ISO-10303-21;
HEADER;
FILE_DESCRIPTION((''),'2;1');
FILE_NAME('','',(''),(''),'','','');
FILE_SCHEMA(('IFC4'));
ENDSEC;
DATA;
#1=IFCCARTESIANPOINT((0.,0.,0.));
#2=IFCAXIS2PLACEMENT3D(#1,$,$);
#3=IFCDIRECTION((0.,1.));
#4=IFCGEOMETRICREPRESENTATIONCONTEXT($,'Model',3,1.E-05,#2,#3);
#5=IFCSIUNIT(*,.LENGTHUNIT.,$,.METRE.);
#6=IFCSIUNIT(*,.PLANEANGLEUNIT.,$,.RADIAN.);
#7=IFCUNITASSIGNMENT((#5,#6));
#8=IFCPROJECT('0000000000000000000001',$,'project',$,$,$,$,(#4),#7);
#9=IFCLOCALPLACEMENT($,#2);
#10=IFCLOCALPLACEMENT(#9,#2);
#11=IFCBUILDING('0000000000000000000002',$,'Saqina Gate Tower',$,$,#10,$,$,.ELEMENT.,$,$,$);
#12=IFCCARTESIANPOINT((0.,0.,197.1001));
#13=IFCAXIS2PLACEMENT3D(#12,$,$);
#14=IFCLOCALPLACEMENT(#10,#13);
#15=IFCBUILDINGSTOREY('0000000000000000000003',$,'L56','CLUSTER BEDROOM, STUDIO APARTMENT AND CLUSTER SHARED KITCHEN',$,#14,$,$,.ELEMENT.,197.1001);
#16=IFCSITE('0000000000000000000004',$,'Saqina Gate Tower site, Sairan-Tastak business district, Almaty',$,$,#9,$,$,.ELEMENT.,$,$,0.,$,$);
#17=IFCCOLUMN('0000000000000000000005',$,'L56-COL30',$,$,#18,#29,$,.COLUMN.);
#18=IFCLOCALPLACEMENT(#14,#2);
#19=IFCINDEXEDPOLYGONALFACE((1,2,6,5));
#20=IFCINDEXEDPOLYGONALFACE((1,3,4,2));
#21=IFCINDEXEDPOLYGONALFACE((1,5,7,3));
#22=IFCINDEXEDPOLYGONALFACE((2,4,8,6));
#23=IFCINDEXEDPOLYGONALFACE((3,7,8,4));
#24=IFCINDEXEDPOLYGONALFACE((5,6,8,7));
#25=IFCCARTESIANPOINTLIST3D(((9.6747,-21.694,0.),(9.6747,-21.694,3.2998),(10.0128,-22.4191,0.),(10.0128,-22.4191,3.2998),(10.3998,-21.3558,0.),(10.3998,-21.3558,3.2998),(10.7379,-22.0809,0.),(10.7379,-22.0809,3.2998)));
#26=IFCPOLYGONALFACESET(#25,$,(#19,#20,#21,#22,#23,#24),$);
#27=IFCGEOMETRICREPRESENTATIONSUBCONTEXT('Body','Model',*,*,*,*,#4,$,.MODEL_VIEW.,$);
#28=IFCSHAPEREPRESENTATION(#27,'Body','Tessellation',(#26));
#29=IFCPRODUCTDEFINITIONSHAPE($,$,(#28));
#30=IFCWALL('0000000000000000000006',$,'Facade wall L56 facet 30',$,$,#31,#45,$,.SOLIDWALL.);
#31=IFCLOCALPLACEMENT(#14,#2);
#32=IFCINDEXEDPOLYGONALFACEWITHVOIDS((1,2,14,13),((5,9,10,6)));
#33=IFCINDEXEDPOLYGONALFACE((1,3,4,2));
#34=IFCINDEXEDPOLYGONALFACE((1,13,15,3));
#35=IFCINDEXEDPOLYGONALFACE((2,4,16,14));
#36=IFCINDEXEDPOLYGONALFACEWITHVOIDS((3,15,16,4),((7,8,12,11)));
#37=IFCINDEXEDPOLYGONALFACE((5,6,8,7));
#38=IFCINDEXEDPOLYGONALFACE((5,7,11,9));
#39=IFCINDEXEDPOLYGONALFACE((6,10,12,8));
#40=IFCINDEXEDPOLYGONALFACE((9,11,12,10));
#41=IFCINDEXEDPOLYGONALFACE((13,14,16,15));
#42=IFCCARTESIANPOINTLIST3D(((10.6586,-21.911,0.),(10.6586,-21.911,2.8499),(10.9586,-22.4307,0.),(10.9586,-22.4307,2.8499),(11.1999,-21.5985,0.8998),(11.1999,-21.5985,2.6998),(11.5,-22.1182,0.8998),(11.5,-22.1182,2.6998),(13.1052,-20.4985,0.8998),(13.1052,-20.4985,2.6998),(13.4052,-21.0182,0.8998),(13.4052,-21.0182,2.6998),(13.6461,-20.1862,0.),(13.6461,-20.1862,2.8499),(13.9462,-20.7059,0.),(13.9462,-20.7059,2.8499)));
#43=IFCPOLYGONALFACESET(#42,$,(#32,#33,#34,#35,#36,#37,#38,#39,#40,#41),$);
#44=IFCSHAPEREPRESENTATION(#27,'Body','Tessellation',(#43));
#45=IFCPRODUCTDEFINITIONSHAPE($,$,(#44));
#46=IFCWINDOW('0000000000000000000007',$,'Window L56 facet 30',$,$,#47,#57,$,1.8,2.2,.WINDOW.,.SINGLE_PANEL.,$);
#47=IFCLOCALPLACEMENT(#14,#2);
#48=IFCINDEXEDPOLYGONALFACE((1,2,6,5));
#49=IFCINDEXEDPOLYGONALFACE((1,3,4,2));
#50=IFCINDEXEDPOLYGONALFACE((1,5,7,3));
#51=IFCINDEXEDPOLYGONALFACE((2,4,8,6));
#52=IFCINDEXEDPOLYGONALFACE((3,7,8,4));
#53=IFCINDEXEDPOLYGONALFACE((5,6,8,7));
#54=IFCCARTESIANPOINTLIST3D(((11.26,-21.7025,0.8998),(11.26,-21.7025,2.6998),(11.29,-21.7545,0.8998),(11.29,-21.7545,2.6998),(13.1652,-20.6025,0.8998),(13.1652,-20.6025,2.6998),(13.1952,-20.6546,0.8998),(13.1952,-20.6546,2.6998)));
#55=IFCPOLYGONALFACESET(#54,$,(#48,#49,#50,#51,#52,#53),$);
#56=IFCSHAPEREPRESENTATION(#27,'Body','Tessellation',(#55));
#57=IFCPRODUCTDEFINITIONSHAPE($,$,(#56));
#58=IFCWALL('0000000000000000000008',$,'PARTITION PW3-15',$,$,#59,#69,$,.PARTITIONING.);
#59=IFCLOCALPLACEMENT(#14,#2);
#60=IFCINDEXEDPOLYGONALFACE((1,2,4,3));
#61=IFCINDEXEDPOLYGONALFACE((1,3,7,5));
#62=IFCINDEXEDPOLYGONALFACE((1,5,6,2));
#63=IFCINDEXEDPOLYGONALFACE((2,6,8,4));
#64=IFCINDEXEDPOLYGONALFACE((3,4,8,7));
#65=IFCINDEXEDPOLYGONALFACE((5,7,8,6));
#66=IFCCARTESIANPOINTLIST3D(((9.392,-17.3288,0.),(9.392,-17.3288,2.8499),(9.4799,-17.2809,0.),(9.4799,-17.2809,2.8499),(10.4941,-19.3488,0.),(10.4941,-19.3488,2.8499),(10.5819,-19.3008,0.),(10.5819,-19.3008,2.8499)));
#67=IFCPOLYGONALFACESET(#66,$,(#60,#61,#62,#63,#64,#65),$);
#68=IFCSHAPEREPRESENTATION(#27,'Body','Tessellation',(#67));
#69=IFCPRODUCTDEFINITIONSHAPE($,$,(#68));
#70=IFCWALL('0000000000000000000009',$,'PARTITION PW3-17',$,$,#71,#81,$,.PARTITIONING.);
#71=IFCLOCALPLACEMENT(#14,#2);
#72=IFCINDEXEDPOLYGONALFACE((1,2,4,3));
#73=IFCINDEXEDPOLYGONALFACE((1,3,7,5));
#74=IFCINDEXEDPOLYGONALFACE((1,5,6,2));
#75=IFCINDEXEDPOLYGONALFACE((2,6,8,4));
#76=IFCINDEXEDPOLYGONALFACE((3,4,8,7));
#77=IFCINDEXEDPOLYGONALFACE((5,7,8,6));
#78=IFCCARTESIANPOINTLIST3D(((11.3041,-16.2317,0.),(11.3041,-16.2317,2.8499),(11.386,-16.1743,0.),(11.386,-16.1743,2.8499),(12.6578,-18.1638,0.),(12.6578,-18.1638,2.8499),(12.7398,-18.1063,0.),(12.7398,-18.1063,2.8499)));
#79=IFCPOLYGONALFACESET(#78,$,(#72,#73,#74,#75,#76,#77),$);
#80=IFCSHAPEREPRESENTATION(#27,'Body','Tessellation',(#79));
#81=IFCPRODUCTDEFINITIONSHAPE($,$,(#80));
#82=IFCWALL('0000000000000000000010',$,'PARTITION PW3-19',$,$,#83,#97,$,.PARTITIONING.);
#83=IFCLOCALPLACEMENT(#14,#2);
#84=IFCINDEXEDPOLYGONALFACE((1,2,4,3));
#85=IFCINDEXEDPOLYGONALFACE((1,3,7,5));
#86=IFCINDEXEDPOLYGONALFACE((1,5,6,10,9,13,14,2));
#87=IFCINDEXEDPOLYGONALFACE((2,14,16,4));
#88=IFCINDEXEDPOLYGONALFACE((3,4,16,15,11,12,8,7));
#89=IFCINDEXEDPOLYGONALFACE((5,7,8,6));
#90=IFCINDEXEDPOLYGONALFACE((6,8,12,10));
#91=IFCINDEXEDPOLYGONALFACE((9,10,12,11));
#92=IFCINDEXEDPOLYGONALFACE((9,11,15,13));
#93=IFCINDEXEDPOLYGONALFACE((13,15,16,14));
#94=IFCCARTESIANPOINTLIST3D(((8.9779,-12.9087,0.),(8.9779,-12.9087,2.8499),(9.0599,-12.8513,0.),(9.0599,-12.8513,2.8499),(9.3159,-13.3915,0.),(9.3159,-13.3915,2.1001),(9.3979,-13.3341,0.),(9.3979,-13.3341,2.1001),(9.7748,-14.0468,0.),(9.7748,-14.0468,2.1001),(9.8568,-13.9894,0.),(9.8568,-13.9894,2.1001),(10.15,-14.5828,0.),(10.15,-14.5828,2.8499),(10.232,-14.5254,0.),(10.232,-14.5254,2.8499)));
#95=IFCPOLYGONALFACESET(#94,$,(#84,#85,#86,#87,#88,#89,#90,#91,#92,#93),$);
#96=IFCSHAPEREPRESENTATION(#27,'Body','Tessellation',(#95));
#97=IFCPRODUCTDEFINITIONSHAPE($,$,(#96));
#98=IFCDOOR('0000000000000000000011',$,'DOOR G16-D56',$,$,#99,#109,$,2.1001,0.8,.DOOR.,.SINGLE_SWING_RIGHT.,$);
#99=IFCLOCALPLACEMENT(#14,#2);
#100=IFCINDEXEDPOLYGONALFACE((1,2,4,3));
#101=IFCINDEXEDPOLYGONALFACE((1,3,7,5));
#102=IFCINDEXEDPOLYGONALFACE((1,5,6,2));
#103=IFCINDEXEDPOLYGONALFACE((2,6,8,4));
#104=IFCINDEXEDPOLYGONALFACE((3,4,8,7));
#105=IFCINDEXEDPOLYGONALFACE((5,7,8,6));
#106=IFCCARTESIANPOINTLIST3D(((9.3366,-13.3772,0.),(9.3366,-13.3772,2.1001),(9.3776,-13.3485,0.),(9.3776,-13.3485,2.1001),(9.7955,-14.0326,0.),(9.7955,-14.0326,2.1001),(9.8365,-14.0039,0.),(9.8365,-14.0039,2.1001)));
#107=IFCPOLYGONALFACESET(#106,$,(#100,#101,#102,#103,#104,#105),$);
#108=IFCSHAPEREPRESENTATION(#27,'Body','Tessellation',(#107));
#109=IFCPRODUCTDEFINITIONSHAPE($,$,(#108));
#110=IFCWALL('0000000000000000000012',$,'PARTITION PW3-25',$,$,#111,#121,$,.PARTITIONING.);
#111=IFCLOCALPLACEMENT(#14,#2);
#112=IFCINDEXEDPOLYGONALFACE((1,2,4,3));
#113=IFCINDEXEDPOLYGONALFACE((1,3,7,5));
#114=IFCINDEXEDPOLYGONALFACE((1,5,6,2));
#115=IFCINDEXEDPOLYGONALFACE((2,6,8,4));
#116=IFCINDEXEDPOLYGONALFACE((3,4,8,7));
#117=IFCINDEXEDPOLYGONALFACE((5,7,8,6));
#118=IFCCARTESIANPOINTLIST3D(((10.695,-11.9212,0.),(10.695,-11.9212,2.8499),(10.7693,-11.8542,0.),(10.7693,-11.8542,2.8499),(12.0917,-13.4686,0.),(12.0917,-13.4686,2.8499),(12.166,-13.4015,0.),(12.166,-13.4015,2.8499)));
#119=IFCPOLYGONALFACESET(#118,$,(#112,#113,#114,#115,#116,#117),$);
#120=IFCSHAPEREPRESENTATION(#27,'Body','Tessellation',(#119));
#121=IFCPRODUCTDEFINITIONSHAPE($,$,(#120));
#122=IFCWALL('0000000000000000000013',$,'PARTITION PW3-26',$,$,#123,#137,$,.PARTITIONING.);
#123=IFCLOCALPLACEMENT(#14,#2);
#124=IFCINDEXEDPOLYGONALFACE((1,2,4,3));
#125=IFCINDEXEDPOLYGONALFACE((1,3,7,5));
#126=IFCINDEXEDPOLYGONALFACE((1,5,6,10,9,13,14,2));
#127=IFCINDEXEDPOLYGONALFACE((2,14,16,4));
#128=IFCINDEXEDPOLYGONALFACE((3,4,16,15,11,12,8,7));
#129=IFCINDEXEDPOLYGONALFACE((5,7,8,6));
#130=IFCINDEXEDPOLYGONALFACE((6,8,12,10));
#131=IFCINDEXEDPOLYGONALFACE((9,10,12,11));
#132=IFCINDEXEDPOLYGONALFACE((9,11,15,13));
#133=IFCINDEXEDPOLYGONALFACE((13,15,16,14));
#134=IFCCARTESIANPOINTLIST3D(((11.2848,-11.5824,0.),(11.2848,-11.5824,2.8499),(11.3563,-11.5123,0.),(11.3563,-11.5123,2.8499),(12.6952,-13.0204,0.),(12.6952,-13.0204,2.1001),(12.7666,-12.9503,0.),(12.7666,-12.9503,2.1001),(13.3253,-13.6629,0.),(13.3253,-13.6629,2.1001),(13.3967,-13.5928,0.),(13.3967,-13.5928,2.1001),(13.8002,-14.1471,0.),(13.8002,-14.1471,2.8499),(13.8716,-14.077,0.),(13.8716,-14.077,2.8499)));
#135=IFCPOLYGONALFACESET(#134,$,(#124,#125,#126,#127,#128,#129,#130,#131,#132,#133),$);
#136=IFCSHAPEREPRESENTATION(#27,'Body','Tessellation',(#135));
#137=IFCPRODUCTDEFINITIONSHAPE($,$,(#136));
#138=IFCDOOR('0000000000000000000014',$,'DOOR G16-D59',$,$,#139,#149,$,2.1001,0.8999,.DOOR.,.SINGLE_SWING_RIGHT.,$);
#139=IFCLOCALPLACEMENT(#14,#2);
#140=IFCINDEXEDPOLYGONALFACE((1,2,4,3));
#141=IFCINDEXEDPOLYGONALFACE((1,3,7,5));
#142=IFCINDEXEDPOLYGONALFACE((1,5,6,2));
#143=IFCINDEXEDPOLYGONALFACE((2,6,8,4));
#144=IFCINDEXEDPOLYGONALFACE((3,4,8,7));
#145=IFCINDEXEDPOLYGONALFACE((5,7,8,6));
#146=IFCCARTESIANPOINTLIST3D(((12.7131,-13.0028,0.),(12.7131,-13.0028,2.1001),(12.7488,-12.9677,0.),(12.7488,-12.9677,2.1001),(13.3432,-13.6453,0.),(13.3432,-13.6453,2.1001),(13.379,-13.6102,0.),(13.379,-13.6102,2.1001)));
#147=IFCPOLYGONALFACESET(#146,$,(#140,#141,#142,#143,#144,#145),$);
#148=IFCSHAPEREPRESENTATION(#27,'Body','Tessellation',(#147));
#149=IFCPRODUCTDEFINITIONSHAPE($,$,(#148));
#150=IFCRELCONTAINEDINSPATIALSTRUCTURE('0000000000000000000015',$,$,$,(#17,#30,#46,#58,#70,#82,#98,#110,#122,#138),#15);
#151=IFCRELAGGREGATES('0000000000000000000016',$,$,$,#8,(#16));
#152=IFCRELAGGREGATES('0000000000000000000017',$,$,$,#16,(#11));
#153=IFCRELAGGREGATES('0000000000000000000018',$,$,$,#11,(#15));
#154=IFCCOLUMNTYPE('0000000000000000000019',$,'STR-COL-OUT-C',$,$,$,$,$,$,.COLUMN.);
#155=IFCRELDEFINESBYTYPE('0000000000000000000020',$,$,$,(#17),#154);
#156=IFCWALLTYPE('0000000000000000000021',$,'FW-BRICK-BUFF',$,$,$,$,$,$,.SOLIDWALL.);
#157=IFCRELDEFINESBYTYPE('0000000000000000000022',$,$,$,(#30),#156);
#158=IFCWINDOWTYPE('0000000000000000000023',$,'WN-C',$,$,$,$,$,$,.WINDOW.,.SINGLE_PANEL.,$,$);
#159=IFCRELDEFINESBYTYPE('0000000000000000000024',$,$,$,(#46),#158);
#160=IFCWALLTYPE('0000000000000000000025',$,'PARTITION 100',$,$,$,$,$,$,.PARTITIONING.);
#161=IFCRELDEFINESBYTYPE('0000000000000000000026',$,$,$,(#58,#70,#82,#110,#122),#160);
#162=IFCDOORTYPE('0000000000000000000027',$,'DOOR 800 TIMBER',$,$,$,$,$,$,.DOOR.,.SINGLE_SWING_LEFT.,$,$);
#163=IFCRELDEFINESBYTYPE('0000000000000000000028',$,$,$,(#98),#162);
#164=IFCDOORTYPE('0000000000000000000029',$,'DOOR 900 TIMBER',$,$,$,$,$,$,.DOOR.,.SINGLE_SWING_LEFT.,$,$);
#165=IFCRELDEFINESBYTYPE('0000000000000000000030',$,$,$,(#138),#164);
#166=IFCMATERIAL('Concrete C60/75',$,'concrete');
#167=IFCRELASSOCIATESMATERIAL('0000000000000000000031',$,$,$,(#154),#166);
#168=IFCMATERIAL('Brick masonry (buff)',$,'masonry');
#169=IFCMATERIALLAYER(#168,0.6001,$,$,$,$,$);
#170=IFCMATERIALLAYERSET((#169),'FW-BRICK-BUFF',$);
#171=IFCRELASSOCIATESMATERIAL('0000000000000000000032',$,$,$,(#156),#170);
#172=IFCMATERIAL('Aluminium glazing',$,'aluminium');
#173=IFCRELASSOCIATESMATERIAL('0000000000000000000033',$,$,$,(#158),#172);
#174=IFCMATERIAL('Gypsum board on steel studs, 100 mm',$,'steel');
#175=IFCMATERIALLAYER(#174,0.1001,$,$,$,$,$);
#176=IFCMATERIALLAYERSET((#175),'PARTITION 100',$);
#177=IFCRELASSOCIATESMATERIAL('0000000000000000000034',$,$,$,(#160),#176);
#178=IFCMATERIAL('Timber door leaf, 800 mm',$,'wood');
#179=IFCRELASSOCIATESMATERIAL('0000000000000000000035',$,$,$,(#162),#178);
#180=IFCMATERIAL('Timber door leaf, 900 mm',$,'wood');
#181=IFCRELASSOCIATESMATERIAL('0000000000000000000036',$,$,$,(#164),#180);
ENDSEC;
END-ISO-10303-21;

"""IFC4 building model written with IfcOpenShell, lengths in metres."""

from ifc_helpers import new_model, si_unit, direction, frame, frame_2d, origin, origin_2d, place, context, subcontext, project, spatial, rectangle, extrude, material, layer, layer_set, material_profile, profile_set, type_object, element, fill, save


model = new_model("IFC4")

# Units and contexts
model_context = context("Model", 3, precision=1e-05, world=origin(), true_north=direction((0.0, 1.0)))
body_context = subcontext(model_context, "Body", "Model", "MODEL_VIEW")
ifc_project = project(units=[si_unit("LENGTHUNIT", "METRE"), si_unit("PLANEANGLEUNIT", "RADIAN")], contexts=[model_context])

# Site, building, storey
site_placement = place(None, origin())
site = spatial("IfcSite", under=ifc_project, at=site_placement, Name="Saqina Gate Tower site, Sairan-Tastak business district, Almaty", CompositionType="ELEMENT", RefElevation=0.0)
building_placement = place(site_placement, origin())
building = spatial("IfcBuilding", under=site, at=building_placement, Name="Saqina Gate Tower", CompositionType="ELEMENT")
storey_placement = place(building_placement, frame((0.0, 0.0, 197.1001)))
storey = spatial("IfcBuildingStorey", under=building, at=storey_placement, Name="L56", Description="CLUSTER BEDROOM, STUDIO APARTMENT AND CLUSTER SHARED KITCHEN", CompositionType="ELEMENT", Elevation=197.1001)

# Column
ifc_material_1 = material(Name="Concrete C60/75", Category="concrete")
ifc_material_profile = material_profile(ifc_material_1, rectangle(XDim=0.8, YDim=0.8, at=origin_2d()), Name="RC 800x800")
ifc_profile_set = profile_set([ifc_material_profile], Name="Concrete C60/75")
column_type = type_object("IfcColumnType", Name="STR-COL-OUT-C", PredefinedType="COLUMN", material=ifc_profile_set)
column_placement = place(storey_placement, frame((10.2063, -21.8875, 0.0), z_axis=(0.0, 0.0, 1.0), x_axis=(0.422618, -0.906308, 0.0)))
element("IfcColumn", 1, at=column_placement, inside=storey, type_object=column_type, Name="L56-COL30", PredefinedType="COLUMN", context=body_context, shape_type="SweptSolid", body=[
    extrude(rectangle(XDim=0.8, YDim=0.8, at=origin_2d()), origin(), (0.0, 0.0, 1.0), 3.2998),
])

# Wall, opening, window
ifc_material_2 = material(Name="Brick masonry (buff)", Category="masonry")
ifc_layer_1 = layer(ifc_material_2, 0.6001)
ifc_layer_set_1 = layer_set([ifc_layer_1], Name="FW-BRICK-BUFF")
wall_type_1 = type_object("IfcWallType", Name="FW-BRICK-BUFF", PredefinedType="SOLIDWALL", material=ifc_layer_set_1)
wall_1_placement = place(storey_placement, frame((10.8086, -22.1709, 0.0), z_axis=(0.0, 0.0, 1.0), x_axis=(0.866026, 0.499998, 0.0)))
wall_1 = element("IfcWall", 2, at=wall_1_placement, inside=storey, type_object=wall_type_1, Name="Facade wall L56 facet 30", PredefinedType="SOLIDWALL", context=body_context, shape_type="SweptSolid", body=[
    extrude(rectangle(XDim=3.4497, YDim=0.6001, at=frame_2d((1.7249, 0.0))), origin(), (0.0, 0.0, 1.0), 2.8499),
])
opening_1_placement = place(wall_1_placement, frame((0.625, 0.0, 0.8999)))
opening_1 = element("IfcOpeningElement", 3, at=opening_1_placement, cuts=wall_1, PredefinedType="OPENING", context=body_context, shape_type="SweptSolid", body=[
    extrude(rectangle(XDim=2.2, YDim=1.8, at=frame_2d((1.1001, 0.8999))), frame((0.0, 0.312, 0.0), z_axis=(0.0, -1.0, 0.0), x_axis=(1.0, 0.0, 0.0)), (0.0, 0.0, 1.0), 0.624),
])
ifc_material_3 = material(Name="Aluminium glazing", Category="aluminium")
window_type = type_object("IfcWindowType", Name="WN-C", PartitioningType="SINGLE_PANEL", PredefinedType="WINDOW", material=ifc_material_3)
window_placement = place(opening_1_placement, origin())
window = element("IfcWindow", 4, at=window_placement, inside=storey, type_object=window_type, Name="Window L56 facet 30", OverallHeight=1.8, OverallWidth=2.2, PartitioningType="SINGLE_PANEL", PredefinedType="WINDOW", context=body_context, shape_type="SweptSolid", body=[
    extrude(rectangle(XDim=2.2, YDim=1.8, at=frame_2d((1.1001, 0.8999))), frame((0.0, 0.1799, 0.0), z_axis=(0.0, -1.0, 0.0), x_axis=(1.0, 0.0, 0.0)), (0.0, 0.0, 1.0), 0.0601),
])
fill(opening_1, window)

# Walls
ifc_material_4 = material(Name="Gypsum board on steel studs, 100 mm", Category="steel")
ifc_layer_2 = layer(ifc_material_4, 0.1001)
ifc_layer_set_2 = layer_set([ifc_layer_2], Name="PARTITION 100")
wall_type_2 = type_object("IfcWallType", Name="PARTITION 100", PredefinedType="PARTITIONING", material=ifc_layer_set_2)
wall_2_placement = place(storey_placement, frame((9.436, -17.3049, 0.0), z_axis=(0.0, 0.0, 1.0), x_axis=(0.478926, -0.877855, 0.0)))
element("IfcWall", 5, at=wall_2_placement, inside=storey, type_object=wall_type_2, Name="PARTITION PW3-15", PredefinedType="PARTITIONING", context=body_context, shape_type="SweptSolid", body=[
    extrude(rectangle(XDim=2.301, YDim=0.1001, at=frame_2d((1.1504, 0.0))), origin(), (0.0, 0.0, 1.0), 2.8499),
])
wall_3_placement = place(storey_placement, frame((11.345, -16.2029, 0.0), z_axis=(0.0, 0.0, 1.0), x_axis=(0.573823, -0.818979, 0.0)))
element("IfcWall", 6, at=wall_3_placement, inside=storey, type_object=wall_type_2, Name="PARTITION PW3-17", PredefinedType="PARTITIONING", context=body_context, shape_type="SweptSolid", body=[
    extrude(rectangle(XDim=2.3591, YDim=0.1001, at=frame_2d((1.1797, 0.0))), origin(), (0.0, 0.0, 1.0), 2.8499),
])

# Wall, opening, door
wall_4_placement = place(storey_placement, frame((9.0188, -12.8799, 0.0), z_axis=(0.0, 0.0, 1.0), x_axis=(0.573551, -0.81917, 0.0)))
wall_4 = element("IfcWall", 7, at=wall_4_placement, inside=storey, type_object=wall_type_2, Name="PARTITION PW3-19", PredefinedType="PARTITIONING", context=body_context, shape_type="SweptSolid", body=[
    extrude(rectangle(XDim=2.0437, YDim=0.1001, at=frame_2d((1.022, 0.0))), origin(), (0.0, 0.0, 1.0), 2.8499),
])
opening_2_placement = place(wall_4_placement, frame((0.5896, 0.0, 0.0)))
opening_2 = element("IfcOpeningElement", 8, at=opening_2_placement, cuts=wall_4, PredefinedType="OPENING", context=body_context, shape_type="SweptSolid", body=[
    extrude(rectangle(XDim=0.8, YDim=2.1001, at=frame_2d((0.3999, 1.05))), frame((0.0, 0.062, 0.0), z_axis=(0.0, -1.0, 0.0), x_axis=(1.0, 0.0, 0.0)), (0.0, 0.0, 1.0), 0.124),
])
ifc_material_5 = material(Name="Timber door leaf, 800 mm", Category="wood")
door_type_1 = type_object("IfcDoorType", Name="DOOR 800 TIMBER", OperationType="SINGLE_SWING_LEFT", PredefinedType="DOOR", material=ifc_material_5)
door_1_placement = place(opening_2_placement, frame((0.8, 0.0, 0.0), z_axis=(0.0, 0.0, 1.0), x_axis=(-1.0, 0.0, 0.0)))
door_1 = element("IfcDoor", 9, at=door_1_placement, inside=storey, type_object=door_type_1, Name="DOOR G16-D56", OperationType="SINGLE_SWING_RIGHT", OverallHeight=2.1001, OverallWidth=0.8, PredefinedType="DOOR", context=body_context, shape_type="SweptSolid", body=[
    extrude(rectangle(XDim=0.8, YDim=2.1001, at=frame_2d((0.3999, 1.05))), frame((0.0, 0.0249, 0.0), z_axis=(0.0, -1.0, 0.0), x_axis=(1.0, 0.0, 0.0)), (0.0, 0.0, 1.0), 0.05),
])
fill(opening_2, door_1)

# Wall
wall_5_placement = place(storey_placement, frame((10.7322, -11.8877, 0.0), z_axis=(0.0, 0.0, 1.0), x_axis=(0.670051, -0.742315, 0.0)))
element("IfcWall", 10, at=wall_5_placement, inside=storey, type_object=wall_type_2, Name="PARTITION PW3-25", PredefinedType="PARTITIONING", context=body_context, shape_type="SweptSolid", body=[
    extrude(rectangle(XDim=2.0845, YDim=0.1001, at=frame_2d((1.0422, 0.0))), origin(), (0.0, 0.0, 1.0), 2.8499),
])

# Wall, opening, door
wall_6_placement = place(storey_placement, frame((11.3206, -11.5474, 0.0), z_axis=(0.0, 0.0, 1.0), x_axis=(0.700209, -0.713938, 0.0)))
wall_6 = element("IfcWall", 11, at=wall_6_placement, inside=storey, type_object=wall_type_2, Name="PARTITION PW3-26", PredefinedType="PARTITIONING", context=body_context, shape_type="SweptSolid", body=[
    extrude(rectangle(XDim=3.5923, YDim=0.1001, at=frame_2d((1.7961, 0.0))), origin(), (0.0, 0.0, 1.0), 2.8499),
])
opening_3_placement = place(wall_6_placement, frame((2.0142, 0.0, 0.0)))
opening_3 = element("IfcOpeningElement", 12, at=opening_3_placement, cuts=wall_6, PredefinedType="OPENING", context=body_context, shape_type="SweptSolid", body=[
    extrude(rectangle(XDim=0.8999, YDim=2.1001, at=frame_2d((0.45, 1.05))), frame((0.0, 0.062, 0.0), z_axis=(0.0, -1.0, 0.0), x_axis=(1.0, 0.0, 0.0)), (0.0, 0.0, 1.0), 0.124),
])
ifc_material_6 = material(Name="Timber door leaf, 900 mm", Category="wood")
door_type_2 = type_object("IfcDoorType", Name="DOOR 900 TIMBER", OperationType="SINGLE_SWING_LEFT", PredefinedType="DOOR", material=ifc_material_6)
door_2_placement = place(opening_3_placement, frame((0.8999, 0.0, 0.0), z_axis=(0.0, 0.0, 1.0), x_axis=(-1.0, 0.0, 0.0)))
door_2 = element("IfcDoor", 13, at=door_2_placement, inside=storey, type_object=door_type_2, Name="DOOR G16-D59", OperationType="SINGLE_SWING_RIGHT", OverallHeight=2.1001, OverallWidth=0.8999, PredefinedType="DOOR", context=body_context, shape_type="SweptSolid", body=[
    extrude(rectangle(XDim=0.8999, YDim=2.1001, at=frame_2d((0.45, 1.05))), frame((0.0, 0.0249, 0.0), z_axis=(0.0, -1.0, 0.0), x_axis=(1.0, 0.0, 0.0)), (0.0, 0.0, 1.0), 0.05),
])
fill(opening_3, door_2)

save(model, "model.ifc")
